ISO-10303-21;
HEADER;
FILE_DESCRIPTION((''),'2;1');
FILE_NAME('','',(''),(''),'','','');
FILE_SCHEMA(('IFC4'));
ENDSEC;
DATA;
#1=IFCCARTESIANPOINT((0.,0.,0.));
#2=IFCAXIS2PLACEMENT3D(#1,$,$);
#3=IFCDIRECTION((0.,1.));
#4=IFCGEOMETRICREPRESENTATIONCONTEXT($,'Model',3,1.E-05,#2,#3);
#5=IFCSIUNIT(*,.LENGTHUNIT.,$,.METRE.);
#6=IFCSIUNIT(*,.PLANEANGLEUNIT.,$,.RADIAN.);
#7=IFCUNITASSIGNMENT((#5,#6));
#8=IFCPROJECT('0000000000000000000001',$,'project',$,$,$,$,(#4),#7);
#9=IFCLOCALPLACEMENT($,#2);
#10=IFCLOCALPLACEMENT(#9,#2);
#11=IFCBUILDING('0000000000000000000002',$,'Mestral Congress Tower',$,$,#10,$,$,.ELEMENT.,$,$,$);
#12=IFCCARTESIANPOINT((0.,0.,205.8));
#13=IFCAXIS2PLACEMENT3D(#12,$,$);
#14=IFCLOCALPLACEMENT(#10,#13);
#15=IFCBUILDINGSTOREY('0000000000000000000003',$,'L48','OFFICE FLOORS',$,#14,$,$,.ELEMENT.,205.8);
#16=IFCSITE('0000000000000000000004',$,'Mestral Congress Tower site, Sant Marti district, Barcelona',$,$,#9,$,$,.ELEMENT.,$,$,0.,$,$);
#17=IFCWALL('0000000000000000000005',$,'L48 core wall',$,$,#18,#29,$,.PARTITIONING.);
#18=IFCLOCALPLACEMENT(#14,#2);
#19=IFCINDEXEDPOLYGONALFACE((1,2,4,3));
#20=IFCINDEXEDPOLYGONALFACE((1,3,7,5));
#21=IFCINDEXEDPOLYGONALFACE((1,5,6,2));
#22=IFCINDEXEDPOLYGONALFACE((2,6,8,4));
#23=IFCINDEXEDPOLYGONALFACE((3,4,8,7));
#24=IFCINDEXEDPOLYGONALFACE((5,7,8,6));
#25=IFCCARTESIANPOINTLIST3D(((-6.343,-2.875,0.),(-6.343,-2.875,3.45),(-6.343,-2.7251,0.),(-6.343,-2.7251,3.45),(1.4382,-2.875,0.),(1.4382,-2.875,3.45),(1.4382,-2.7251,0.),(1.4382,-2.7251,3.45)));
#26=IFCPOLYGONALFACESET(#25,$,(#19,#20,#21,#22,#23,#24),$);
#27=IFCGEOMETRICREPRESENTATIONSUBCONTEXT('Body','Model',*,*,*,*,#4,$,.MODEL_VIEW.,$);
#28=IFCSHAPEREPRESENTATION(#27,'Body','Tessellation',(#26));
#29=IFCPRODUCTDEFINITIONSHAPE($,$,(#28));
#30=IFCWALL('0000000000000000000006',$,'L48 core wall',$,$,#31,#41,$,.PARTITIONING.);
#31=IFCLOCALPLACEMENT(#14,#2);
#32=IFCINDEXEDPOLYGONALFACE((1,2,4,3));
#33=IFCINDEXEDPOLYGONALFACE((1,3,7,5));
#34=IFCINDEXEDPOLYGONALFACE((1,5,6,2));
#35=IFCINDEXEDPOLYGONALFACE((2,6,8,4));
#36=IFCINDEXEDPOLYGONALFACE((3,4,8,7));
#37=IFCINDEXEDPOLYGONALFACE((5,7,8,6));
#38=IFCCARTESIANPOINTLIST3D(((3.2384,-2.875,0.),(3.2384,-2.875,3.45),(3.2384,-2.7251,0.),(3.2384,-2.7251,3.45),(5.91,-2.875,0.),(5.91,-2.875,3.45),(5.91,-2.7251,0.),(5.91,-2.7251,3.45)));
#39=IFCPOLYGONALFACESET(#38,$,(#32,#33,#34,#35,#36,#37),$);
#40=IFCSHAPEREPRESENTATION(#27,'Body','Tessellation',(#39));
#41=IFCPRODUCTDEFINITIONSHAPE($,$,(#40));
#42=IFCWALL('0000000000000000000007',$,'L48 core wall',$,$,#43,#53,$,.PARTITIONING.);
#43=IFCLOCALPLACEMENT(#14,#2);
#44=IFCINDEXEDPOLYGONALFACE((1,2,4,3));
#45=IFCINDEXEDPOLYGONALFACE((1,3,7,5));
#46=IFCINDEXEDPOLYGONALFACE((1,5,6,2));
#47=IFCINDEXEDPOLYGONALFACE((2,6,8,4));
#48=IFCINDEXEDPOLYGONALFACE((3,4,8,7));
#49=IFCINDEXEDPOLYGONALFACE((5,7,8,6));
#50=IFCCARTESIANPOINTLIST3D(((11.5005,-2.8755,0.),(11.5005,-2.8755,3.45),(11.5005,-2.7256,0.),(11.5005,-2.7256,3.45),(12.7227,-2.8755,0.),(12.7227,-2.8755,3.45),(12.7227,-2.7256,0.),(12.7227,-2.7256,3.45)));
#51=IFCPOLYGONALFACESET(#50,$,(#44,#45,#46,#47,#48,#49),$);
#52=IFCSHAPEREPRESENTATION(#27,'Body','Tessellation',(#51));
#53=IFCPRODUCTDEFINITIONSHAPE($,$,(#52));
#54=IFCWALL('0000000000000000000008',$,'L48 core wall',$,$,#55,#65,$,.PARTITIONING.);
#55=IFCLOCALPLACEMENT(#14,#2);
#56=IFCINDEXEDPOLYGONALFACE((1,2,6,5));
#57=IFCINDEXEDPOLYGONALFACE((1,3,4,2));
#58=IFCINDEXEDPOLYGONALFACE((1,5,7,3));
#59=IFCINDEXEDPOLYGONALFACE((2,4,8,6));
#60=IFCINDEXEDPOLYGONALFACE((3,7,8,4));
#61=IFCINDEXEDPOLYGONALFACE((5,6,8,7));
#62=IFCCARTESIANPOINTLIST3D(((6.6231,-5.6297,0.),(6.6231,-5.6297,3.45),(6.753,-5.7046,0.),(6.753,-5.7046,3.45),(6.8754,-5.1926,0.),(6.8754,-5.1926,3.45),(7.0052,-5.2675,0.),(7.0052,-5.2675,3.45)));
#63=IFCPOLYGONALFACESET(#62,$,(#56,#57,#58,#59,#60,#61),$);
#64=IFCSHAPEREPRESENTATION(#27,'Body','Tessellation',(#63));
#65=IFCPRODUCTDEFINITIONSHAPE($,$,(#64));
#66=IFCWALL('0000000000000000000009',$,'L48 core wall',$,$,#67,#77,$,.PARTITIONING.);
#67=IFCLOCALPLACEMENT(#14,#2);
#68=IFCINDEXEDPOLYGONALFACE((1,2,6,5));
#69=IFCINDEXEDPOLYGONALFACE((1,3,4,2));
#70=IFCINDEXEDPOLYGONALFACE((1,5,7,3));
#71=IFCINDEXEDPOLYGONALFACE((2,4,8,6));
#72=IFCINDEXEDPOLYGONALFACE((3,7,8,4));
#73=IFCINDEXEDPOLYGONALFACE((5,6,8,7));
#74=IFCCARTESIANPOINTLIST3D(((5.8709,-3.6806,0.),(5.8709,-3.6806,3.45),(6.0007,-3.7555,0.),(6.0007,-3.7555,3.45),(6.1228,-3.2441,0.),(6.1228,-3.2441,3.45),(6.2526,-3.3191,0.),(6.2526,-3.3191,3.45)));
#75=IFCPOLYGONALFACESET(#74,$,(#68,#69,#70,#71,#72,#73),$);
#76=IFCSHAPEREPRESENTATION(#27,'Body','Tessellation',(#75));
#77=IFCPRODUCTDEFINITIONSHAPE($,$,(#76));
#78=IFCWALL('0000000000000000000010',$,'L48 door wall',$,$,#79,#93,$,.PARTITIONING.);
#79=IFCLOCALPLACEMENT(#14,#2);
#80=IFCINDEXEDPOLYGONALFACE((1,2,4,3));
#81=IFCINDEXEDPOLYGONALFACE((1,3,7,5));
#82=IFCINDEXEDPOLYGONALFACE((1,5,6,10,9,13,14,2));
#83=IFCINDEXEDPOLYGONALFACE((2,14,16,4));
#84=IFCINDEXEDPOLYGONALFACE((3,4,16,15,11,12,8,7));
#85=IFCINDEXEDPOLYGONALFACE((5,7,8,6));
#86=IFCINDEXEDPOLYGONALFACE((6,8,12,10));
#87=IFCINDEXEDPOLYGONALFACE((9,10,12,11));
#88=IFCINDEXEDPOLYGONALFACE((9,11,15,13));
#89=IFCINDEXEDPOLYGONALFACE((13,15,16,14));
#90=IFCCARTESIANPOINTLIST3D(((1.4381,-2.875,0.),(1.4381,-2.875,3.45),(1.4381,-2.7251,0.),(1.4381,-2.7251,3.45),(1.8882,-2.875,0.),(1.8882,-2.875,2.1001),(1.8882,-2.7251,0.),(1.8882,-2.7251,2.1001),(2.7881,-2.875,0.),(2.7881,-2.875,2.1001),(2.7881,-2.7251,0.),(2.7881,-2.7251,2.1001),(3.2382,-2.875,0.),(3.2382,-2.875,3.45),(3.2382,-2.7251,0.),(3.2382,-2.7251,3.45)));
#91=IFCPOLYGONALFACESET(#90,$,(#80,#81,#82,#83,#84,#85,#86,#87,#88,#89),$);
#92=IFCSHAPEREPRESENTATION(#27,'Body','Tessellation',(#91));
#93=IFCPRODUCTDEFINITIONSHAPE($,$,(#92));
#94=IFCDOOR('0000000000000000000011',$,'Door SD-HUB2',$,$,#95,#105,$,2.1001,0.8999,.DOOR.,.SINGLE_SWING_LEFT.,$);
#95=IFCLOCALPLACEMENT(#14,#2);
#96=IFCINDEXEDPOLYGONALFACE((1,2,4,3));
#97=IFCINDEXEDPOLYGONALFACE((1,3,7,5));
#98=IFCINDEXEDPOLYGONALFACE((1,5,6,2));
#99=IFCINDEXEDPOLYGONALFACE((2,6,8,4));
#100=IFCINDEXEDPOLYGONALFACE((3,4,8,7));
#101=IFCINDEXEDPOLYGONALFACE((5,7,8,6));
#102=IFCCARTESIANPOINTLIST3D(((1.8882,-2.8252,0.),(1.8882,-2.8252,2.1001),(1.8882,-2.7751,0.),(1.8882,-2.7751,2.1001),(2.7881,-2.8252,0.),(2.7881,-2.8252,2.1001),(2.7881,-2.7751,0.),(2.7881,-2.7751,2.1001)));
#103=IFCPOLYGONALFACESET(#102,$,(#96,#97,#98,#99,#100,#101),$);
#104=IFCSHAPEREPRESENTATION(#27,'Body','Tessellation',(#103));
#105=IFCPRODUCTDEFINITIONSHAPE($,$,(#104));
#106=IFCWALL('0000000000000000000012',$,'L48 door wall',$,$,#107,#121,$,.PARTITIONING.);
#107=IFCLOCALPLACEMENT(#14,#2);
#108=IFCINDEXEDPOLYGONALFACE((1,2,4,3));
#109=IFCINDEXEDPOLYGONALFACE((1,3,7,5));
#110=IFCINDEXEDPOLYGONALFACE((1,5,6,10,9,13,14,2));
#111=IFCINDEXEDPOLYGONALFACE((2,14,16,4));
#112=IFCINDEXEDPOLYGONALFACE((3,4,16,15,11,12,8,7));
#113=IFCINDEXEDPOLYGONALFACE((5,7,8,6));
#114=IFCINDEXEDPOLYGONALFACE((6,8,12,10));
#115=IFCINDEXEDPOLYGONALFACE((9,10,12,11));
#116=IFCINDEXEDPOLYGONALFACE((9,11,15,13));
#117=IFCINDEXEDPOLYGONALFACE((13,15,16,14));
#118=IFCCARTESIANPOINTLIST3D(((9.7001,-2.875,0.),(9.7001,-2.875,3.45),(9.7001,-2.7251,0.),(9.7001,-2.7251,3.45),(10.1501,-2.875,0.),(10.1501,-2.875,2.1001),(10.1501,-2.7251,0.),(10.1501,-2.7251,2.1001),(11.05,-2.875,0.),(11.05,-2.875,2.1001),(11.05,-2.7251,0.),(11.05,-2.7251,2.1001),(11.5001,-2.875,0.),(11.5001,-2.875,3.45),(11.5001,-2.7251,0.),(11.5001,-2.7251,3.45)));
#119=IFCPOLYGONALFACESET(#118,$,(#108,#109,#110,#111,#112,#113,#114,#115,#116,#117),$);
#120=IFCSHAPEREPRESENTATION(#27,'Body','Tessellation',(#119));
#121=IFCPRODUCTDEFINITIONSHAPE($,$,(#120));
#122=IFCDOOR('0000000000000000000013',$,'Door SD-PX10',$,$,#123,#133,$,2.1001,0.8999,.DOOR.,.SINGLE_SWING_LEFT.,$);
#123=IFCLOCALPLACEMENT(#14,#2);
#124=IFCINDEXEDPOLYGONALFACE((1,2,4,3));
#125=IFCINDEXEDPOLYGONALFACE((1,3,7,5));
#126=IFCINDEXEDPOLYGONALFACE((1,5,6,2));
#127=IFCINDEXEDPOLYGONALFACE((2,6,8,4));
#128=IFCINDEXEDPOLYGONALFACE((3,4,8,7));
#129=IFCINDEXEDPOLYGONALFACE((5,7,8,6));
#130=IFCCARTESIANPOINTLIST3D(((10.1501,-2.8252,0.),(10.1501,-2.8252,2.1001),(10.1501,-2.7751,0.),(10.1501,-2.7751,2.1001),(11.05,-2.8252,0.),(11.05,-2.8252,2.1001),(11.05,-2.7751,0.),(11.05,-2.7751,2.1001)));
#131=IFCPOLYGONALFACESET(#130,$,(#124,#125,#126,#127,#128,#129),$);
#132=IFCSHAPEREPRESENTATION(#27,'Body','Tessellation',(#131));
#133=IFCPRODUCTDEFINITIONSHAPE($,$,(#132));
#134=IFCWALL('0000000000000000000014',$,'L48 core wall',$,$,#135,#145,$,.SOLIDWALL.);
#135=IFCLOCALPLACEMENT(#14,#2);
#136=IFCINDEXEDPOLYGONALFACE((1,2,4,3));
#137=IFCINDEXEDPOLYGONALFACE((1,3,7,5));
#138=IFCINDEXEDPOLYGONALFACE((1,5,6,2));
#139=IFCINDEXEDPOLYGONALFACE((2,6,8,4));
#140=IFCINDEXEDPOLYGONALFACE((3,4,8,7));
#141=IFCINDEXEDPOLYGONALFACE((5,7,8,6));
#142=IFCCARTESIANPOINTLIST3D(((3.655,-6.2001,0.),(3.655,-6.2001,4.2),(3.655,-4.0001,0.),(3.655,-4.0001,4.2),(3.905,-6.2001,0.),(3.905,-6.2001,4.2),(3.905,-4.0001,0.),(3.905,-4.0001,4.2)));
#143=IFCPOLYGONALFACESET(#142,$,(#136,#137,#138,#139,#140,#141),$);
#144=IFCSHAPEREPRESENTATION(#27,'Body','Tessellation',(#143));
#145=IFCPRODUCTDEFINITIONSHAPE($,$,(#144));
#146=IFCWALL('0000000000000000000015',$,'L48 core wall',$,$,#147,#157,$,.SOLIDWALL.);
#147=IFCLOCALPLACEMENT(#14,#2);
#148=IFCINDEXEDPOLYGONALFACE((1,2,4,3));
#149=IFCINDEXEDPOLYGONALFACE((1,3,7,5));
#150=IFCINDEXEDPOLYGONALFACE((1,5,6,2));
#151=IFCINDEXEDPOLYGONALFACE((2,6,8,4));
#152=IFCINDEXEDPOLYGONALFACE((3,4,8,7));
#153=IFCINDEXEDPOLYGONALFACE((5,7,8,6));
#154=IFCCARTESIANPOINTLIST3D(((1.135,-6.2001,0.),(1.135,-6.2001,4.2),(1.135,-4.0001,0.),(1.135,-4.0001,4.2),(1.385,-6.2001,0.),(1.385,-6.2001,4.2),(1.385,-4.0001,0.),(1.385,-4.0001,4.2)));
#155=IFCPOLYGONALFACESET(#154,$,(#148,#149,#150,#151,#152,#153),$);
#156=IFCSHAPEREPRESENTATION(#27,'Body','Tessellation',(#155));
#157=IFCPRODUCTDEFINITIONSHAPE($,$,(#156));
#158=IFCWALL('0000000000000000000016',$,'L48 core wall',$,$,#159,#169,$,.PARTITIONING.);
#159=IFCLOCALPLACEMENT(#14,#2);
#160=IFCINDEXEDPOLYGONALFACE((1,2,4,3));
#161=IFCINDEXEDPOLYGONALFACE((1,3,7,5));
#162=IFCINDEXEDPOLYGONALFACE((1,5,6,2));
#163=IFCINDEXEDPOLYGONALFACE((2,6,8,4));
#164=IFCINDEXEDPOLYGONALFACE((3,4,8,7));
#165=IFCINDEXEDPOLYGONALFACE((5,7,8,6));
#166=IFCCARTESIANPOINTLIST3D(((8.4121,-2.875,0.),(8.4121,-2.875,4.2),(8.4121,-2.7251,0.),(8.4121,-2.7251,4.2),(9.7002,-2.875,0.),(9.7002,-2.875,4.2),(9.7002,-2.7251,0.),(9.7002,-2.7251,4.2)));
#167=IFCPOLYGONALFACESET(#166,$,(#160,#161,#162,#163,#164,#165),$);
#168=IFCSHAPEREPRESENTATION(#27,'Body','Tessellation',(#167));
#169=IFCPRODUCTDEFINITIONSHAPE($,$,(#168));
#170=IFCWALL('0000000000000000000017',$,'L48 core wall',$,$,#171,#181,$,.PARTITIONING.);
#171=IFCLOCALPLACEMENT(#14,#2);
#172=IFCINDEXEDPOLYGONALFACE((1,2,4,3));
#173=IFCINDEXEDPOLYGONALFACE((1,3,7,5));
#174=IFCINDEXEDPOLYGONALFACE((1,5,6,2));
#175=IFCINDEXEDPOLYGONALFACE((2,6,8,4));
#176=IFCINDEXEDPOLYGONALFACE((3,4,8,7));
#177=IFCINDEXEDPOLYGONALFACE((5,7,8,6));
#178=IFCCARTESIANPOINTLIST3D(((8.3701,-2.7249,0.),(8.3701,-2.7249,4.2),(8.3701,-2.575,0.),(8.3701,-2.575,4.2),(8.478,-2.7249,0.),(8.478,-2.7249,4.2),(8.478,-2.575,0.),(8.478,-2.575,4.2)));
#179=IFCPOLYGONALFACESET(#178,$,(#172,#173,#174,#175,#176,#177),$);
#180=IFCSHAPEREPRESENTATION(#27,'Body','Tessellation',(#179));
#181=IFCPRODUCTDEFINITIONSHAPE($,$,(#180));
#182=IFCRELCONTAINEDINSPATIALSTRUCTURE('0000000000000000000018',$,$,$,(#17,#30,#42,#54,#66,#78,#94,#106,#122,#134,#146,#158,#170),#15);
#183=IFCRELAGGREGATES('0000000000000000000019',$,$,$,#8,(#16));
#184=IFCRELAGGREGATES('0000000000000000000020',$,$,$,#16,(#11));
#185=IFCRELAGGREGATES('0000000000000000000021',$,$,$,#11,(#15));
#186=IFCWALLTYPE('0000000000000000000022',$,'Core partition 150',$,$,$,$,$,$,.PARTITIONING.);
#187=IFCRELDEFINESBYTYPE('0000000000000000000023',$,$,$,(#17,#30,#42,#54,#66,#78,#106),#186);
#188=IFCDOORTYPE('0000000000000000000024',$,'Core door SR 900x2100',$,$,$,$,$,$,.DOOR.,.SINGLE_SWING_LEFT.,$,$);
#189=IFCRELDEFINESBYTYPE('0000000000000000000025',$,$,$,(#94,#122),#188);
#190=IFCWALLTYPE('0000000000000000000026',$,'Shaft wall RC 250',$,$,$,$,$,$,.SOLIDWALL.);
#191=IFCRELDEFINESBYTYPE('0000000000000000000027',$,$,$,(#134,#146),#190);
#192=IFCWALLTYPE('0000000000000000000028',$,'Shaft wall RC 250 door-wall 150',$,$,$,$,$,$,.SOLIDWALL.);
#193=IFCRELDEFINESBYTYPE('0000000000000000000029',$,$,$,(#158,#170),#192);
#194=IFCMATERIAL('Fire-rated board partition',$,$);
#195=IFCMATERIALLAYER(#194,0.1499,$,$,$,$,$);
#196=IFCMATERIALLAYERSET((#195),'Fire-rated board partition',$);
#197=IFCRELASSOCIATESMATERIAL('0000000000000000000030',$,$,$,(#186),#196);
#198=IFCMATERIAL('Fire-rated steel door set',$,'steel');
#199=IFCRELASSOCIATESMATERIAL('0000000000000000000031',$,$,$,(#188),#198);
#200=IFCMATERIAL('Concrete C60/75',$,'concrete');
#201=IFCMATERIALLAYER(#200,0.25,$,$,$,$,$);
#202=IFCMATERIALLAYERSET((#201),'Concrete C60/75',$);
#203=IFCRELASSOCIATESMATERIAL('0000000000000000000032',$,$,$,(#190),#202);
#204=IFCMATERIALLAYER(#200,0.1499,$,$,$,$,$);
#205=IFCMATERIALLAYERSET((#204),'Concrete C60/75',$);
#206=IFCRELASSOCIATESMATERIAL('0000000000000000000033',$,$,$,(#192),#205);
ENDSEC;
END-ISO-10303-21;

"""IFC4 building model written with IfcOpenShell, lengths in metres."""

from ifc_helpers import new_model, si_unit, direction, frame, frame_2d, origin, place, context, subcontext, project, spatial, rectangle, extrude, material, layer, layer_set, type_object, element, fill, save


model = new_model("IFC4")

# Units and contexts
model_context = context("Model", 3, precision=1e-05, world=origin(), true_north=direction((0.0, 1.0)))
body_context = subcontext(model_context, "Body", "Model", "MODEL_VIEW")
ifc_project = project(units=[si_unit("LENGTHUNIT", "METRE"), si_unit("PLANEANGLEUNIT", "RADIAN")], contexts=[model_context])

# Site, building, storey
site_placement = place(None, origin())
site = spatial("IfcSite", under=ifc_project, at=site_placement, Name="Mestral Congress Tower site, Sant Marti district, Barcelona", CompositionType="ELEMENT", RefElevation=0.0)
building_placement = place(site_placement, origin())
building = spatial("IfcBuilding", under=site, at=building_placement, Name="Mestral Congress Tower", CompositionType="ELEMENT")
storey_placement = place(building_placement, frame((0.0, 0.0, 205.8)))
storey = spatial("IfcBuildingStorey", under=building, at=storey_placement, Name="L48", Description="OFFICE FLOORS", CompositionType="ELEMENT", Elevation=205.8)

# Walls
ifc_material_1 = material(Name="Fire-rated board partition")
ifc_layer_1 = layer(ifc_material_1, 0.1499)
ifc_layer_set_1 = layer_set([ifc_layer_1], Name="Fire-rated board partition")
wall_type_1 = type_object("IfcWallType", Name="Core partition 150", PredefinedType="PARTITIONING", material=ifc_layer_set_1)
wall_1_placement = place(storey_placement, frame((1.4382, -2.8, 0.0), z_axis=(0.0, 0.0, 1.0), x_axis=(-1.0, 0.0, 0.0)))
element("IfcWall", 1, at=wall_1_placement, inside=storey, type_object=wall_type_1, Name="L48 core wall", PredefinedType="PARTITIONING", context=body_context, shape_type="SweptSolid", body=[
    extrude(rectangle(XDim=7.7812, YDim=0.1499, at=frame_2d((3.8906, 0.0))), origin(), (0.0, 0.0, 1.0), 3.45),
])
wall_2_placement = place(storey_placement, frame((3.2383, -2.8, 0.0), z_axis=(0.0, 0.0, 1.0), x_axis=(1.0, 0.0, 0.0)))
element("IfcWall", 2, at=wall_2_placement, inside=storey, type_object=wall_type_1, Name="L48 core wall", PredefinedType="PARTITIONING", context=body_context, shape_type="SweptSolid", body=[
    extrude(rectangle(XDim=2.6716, YDim=0.1499, at=frame_2d((1.3359, 0.0))), origin(), (0.0, 0.0, 1.0), 3.45),
])
wall_3_placement = place(storey_placement, frame((11.5005, -2.8005, 0.0), z_axis=(0.0, 0.0, 1.0), x_axis=(1.0, 0.0, 0.0)))
element("IfcWall", 3, at=wall_3_placement, inside=storey, type_object=wall_type_1, Name="L48 core wall", PredefinedType="PARTITIONING", context=body_context, shape_type="SweptSolid", body=[
    extrude(rectangle(XDim=1.2222, YDim=0.1499, at=frame_2d((0.6111, 0.0))), origin(), (0.0, 0.0, 1.0), 3.45),
])
wall_4_placement = place(storey_placement, frame((6.688, -5.6672, 0.0), z_axis=(0.0, 0.0, 1.0), x_axis=(0.499834, 0.866121, 0.0)))
element("IfcWall", 4, at=wall_4_placement, inside=storey, type_object=wall_type_1, Name="L48 core wall", PredefinedType="PARTITIONING", context=body_context, shape_type="SweptSolid", body=[
    extrude(rectangle(XDim=0.5046, YDim=0.1499, at=frame_2d((0.2524, 0.0))), origin(), (0.0, 0.0, 1.0), 3.45),
])
wall_5_placement = place(storey_placement, frame((5.9358, -3.718, 0.0), z_axis=(0.0, 0.0, 1.0), x_axis=(0.49989, 0.866089, 0.0)))
element("IfcWall", 5, at=wall_5_placement, inside=storey, type_object=wall_type_1, Name="L48 core wall", PredefinedType="PARTITIONING", context=body_context, shape_type="SweptSolid", body=[
    extrude(rectangle(XDim=0.5039, YDim=0.1499, at=frame_2d((0.252, 0.0))), origin(), (0.0, 0.0, 1.0), 3.45),
])

# Walls, openings, doors
wall_6_placement = place(storey_placement, frame((1.4382, -2.8, 0.0), z_axis=(0.0, 0.0, 1.0), x_axis=(1.0, 0.0, 0.0)))
wall_6 = element("IfcWall", 6, at=wall_6_placement, inside=storey, type_object=wall_type_1, Name="L48 door wall", PredefinedType="PARTITIONING", context=body_context, shape_type="SweptSolid", body=[
    extrude(rectangle(XDim=1.8, YDim=0.1499, at=frame_2d((0.8999, 0.0))), origin(), (0.0, 0.0, 1.0), 3.45),
])
opening_1_placement = place(wall_6_placement, frame((0.45, 0.0, 0.0)))
opening_1 = element("IfcOpeningElement", 7, at=opening_1_placement, cuts=wall_6, PredefinedType="OPENING", context=body_context, shape_type="SweptSolid", body=[
    extrude(rectangle(XDim=0.8999, YDim=2.1001, at=frame_2d((0.45, 1.05))), frame((0.0, 0.085, 0.0), z_axis=(0.0, -1.0, 0.0), x_axis=(1.0, 0.0, 0.0)), (0.0, 0.0, 1.0), 0.1699),
])
ifc_material_2 = material(Name="Fire-rated steel door set", Category="steel")
door_type_1 = type_object("IfcDoorType", Name="Core door SR 900x2100", OperationType="SINGLE_SWING_LEFT", PredefinedType="DOOR", material=ifc_material_2)
door_1_placement = place(opening_1_placement, origin())
door_1 = element("IfcDoor", 8, at=door_1_placement, inside=storey, type_object=door_type_1, Name="Door SD-HUB2", OperationType="SINGLE_SWING_LEFT", OverallHeight=2.1001, OverallWidth=0.8999, PredefinedType="DOOR", context=body_context, shape_type="SweptSolid", body=[
    extrude(rectangle(XDim=0.8999, YDim=2.1001, at=frame_2d((0.45, 1.05))), frame((0.0, 0.0249, 0.0), z_axis=(0.0, -1.0, 0.0), x_axis=(1.0, 0.0, 0.0)), (0.0, 0.0, 1.0), 0.05),
])
fill(opening_1, door_1)
wall_7_placement = place(storey_placement, frame((9.7002, -2.8, 0.0), z_axis=(0.0, 0.0, 1.0), x_axis=(1.0, 0.0, 0.0)))
wall_7 = element("IfcWall", 9, at=wall_7_placement, inside=storey, type_object=wall_type_1, Name="L48 door wall", PredefinedType="PARTITIONING", context=body_context, shape_type="SweptSolid", body=[
    extrude(rectangle(XDim=1.8, YDim=0.1499, at=frame_2d((0.8999, 0.0))), origin(), (0.0, 0.0, 1.0), 3.45),
])
opening_2_placement = place(wall_7_placement, frame((0.45, 0.0, 0.0)))
opening_2 = element("IfcOpeningElement", 10, at=opening_2_placement, cuts=wall_7, PredefinedType="OPENING", context=body_context, shape_type="SweptSolid", body=[
    extrude(rectangle(XDim=0.8999, YDim=2.1001, at=frame_2d((0.45, 1.05))), frame((0.0, 0.085, 0.0), z_axis=(0.0, -1.0, 0.0), x_axis=(1.0, 0.0, 0.0)), (0.0, 0.0, 1.0), 0.1699),
])
door_2_placement = place(opening_2_placement, origin())
door_2 = element("IfcDoor", 11, at=door_2_placement, inside=storey, type_object=door_type_1, Name="Door SD-PX10", OperationType="SINGLE_SWING_LEFT", OverallHeight=2.1001, OverallWidth=0.8999, PredefinedType="DOOR", context=body_context, shape_type="SweptSolid", body=[
    extrude(rectangle(XDim=0.8999, YDim=2.1001, at=frame_2d((0.45, 1.05))), frame((0.0, 0.0249, 0.0), z_axis=(0.0, -1.0, 0.0), x_axis=(1.0, 0.0, 0.0)), (0.0, 0.0, 1.0), 0.05),
])
fill(opening_2, door_2)

# Walls
ifc_material_3 = material(Name="Concrete C60/75", Category="concrete")
ifc_layer_2 = layer(ifc_material_3, 0.25)
ifc_layer_set_2 = layer_set([ifc_layer_2], Name="Concrete C60/75")
wall_type_2 = type_object("IfcWallType", Name="Shaft wall RC 250", PredefinedType="SOLIDWALL", material=ifc_layer_set_2)
for number, where, z_axis, x_axis, name in (
    (12, (3.78, -4.0, 0.0), (0.0, 0.0, 1.0), (0.0, -1.0, 0.0), "L48 core wall"),
    (13, (1.26, -4.0, 0.0), (0.0, 0.0, 1.0), (0.0, -1.0, 0.0), "L48 core wall"),
):
    element("IfcWall", number, at=place(storey_placement, frame(where, z_axis=z_axis, x_axis=x_axis)), inside=storey, type_object=wall_type_2, Name=name, PredefinedType="SOLIDWALL", context=body_context, shape_type="SweptSolid", body=[
        extrude(rectangle(XDim=2.2, YDim=0.25, at=frame_2d((1.1001, 0.0))), origin(), (0.0, 0.0, 1.0), 4.2),
    ])
ifc_layer_3 = layer(ifc_material_3, 0.1499)
ifc_layer_set_3 = layer_set([ifc_layer_3], Name="Concrete C60/75")
wall_type_3 = type_object("IfcWallType", Name="Shaft wall RC 250 door-wall 150", PredefinedType="SOLIDWALL", material=ifc_layer_set_3)
wall_8_placement = place(storey_placement, frame((8.4121, -2.8, 0.0), z_axis=(0.0, 0.0, 1.0), x_axis=(1.0, 0.0, 0.0)))
element("IfcWall", 14, at=wall_8_placement, inside=storey, type_object=wall_type_3, Name="L48 core wall", PredefinedType="PARTITIONING", context=body_context, shape_type="SweptSolid", body=[
    extrude(rectangle(XDim=1.2881, YDim=0.1499, at=frame_2d((0.644, 0.0))), origin(), (0.0, 0.0, 1.0), 4.2),
])
wall_9_placement = place(storey_placement, frame((8.3701, -2.6499, 0.0), z_axis=(0.0, 0.0, 1.0), x_axis=(1.0, 0.0, 0.0)))
element("IfcWall", 15, at=wall_9_placement, inside=storey, type_object=wall_type_3, Name="L48 core wall", PredefinedType="PARTITIONING", context=body_context, shape_type="SweptSolid", body=[
    extrude(rectangle(XDim=0.1079, YDim=0.1499, at=frame_2d((0.054, 0.0))), origin(), (0.0, 0.0, 1.0), 4.2),
])

save(model, "model.ifc")
